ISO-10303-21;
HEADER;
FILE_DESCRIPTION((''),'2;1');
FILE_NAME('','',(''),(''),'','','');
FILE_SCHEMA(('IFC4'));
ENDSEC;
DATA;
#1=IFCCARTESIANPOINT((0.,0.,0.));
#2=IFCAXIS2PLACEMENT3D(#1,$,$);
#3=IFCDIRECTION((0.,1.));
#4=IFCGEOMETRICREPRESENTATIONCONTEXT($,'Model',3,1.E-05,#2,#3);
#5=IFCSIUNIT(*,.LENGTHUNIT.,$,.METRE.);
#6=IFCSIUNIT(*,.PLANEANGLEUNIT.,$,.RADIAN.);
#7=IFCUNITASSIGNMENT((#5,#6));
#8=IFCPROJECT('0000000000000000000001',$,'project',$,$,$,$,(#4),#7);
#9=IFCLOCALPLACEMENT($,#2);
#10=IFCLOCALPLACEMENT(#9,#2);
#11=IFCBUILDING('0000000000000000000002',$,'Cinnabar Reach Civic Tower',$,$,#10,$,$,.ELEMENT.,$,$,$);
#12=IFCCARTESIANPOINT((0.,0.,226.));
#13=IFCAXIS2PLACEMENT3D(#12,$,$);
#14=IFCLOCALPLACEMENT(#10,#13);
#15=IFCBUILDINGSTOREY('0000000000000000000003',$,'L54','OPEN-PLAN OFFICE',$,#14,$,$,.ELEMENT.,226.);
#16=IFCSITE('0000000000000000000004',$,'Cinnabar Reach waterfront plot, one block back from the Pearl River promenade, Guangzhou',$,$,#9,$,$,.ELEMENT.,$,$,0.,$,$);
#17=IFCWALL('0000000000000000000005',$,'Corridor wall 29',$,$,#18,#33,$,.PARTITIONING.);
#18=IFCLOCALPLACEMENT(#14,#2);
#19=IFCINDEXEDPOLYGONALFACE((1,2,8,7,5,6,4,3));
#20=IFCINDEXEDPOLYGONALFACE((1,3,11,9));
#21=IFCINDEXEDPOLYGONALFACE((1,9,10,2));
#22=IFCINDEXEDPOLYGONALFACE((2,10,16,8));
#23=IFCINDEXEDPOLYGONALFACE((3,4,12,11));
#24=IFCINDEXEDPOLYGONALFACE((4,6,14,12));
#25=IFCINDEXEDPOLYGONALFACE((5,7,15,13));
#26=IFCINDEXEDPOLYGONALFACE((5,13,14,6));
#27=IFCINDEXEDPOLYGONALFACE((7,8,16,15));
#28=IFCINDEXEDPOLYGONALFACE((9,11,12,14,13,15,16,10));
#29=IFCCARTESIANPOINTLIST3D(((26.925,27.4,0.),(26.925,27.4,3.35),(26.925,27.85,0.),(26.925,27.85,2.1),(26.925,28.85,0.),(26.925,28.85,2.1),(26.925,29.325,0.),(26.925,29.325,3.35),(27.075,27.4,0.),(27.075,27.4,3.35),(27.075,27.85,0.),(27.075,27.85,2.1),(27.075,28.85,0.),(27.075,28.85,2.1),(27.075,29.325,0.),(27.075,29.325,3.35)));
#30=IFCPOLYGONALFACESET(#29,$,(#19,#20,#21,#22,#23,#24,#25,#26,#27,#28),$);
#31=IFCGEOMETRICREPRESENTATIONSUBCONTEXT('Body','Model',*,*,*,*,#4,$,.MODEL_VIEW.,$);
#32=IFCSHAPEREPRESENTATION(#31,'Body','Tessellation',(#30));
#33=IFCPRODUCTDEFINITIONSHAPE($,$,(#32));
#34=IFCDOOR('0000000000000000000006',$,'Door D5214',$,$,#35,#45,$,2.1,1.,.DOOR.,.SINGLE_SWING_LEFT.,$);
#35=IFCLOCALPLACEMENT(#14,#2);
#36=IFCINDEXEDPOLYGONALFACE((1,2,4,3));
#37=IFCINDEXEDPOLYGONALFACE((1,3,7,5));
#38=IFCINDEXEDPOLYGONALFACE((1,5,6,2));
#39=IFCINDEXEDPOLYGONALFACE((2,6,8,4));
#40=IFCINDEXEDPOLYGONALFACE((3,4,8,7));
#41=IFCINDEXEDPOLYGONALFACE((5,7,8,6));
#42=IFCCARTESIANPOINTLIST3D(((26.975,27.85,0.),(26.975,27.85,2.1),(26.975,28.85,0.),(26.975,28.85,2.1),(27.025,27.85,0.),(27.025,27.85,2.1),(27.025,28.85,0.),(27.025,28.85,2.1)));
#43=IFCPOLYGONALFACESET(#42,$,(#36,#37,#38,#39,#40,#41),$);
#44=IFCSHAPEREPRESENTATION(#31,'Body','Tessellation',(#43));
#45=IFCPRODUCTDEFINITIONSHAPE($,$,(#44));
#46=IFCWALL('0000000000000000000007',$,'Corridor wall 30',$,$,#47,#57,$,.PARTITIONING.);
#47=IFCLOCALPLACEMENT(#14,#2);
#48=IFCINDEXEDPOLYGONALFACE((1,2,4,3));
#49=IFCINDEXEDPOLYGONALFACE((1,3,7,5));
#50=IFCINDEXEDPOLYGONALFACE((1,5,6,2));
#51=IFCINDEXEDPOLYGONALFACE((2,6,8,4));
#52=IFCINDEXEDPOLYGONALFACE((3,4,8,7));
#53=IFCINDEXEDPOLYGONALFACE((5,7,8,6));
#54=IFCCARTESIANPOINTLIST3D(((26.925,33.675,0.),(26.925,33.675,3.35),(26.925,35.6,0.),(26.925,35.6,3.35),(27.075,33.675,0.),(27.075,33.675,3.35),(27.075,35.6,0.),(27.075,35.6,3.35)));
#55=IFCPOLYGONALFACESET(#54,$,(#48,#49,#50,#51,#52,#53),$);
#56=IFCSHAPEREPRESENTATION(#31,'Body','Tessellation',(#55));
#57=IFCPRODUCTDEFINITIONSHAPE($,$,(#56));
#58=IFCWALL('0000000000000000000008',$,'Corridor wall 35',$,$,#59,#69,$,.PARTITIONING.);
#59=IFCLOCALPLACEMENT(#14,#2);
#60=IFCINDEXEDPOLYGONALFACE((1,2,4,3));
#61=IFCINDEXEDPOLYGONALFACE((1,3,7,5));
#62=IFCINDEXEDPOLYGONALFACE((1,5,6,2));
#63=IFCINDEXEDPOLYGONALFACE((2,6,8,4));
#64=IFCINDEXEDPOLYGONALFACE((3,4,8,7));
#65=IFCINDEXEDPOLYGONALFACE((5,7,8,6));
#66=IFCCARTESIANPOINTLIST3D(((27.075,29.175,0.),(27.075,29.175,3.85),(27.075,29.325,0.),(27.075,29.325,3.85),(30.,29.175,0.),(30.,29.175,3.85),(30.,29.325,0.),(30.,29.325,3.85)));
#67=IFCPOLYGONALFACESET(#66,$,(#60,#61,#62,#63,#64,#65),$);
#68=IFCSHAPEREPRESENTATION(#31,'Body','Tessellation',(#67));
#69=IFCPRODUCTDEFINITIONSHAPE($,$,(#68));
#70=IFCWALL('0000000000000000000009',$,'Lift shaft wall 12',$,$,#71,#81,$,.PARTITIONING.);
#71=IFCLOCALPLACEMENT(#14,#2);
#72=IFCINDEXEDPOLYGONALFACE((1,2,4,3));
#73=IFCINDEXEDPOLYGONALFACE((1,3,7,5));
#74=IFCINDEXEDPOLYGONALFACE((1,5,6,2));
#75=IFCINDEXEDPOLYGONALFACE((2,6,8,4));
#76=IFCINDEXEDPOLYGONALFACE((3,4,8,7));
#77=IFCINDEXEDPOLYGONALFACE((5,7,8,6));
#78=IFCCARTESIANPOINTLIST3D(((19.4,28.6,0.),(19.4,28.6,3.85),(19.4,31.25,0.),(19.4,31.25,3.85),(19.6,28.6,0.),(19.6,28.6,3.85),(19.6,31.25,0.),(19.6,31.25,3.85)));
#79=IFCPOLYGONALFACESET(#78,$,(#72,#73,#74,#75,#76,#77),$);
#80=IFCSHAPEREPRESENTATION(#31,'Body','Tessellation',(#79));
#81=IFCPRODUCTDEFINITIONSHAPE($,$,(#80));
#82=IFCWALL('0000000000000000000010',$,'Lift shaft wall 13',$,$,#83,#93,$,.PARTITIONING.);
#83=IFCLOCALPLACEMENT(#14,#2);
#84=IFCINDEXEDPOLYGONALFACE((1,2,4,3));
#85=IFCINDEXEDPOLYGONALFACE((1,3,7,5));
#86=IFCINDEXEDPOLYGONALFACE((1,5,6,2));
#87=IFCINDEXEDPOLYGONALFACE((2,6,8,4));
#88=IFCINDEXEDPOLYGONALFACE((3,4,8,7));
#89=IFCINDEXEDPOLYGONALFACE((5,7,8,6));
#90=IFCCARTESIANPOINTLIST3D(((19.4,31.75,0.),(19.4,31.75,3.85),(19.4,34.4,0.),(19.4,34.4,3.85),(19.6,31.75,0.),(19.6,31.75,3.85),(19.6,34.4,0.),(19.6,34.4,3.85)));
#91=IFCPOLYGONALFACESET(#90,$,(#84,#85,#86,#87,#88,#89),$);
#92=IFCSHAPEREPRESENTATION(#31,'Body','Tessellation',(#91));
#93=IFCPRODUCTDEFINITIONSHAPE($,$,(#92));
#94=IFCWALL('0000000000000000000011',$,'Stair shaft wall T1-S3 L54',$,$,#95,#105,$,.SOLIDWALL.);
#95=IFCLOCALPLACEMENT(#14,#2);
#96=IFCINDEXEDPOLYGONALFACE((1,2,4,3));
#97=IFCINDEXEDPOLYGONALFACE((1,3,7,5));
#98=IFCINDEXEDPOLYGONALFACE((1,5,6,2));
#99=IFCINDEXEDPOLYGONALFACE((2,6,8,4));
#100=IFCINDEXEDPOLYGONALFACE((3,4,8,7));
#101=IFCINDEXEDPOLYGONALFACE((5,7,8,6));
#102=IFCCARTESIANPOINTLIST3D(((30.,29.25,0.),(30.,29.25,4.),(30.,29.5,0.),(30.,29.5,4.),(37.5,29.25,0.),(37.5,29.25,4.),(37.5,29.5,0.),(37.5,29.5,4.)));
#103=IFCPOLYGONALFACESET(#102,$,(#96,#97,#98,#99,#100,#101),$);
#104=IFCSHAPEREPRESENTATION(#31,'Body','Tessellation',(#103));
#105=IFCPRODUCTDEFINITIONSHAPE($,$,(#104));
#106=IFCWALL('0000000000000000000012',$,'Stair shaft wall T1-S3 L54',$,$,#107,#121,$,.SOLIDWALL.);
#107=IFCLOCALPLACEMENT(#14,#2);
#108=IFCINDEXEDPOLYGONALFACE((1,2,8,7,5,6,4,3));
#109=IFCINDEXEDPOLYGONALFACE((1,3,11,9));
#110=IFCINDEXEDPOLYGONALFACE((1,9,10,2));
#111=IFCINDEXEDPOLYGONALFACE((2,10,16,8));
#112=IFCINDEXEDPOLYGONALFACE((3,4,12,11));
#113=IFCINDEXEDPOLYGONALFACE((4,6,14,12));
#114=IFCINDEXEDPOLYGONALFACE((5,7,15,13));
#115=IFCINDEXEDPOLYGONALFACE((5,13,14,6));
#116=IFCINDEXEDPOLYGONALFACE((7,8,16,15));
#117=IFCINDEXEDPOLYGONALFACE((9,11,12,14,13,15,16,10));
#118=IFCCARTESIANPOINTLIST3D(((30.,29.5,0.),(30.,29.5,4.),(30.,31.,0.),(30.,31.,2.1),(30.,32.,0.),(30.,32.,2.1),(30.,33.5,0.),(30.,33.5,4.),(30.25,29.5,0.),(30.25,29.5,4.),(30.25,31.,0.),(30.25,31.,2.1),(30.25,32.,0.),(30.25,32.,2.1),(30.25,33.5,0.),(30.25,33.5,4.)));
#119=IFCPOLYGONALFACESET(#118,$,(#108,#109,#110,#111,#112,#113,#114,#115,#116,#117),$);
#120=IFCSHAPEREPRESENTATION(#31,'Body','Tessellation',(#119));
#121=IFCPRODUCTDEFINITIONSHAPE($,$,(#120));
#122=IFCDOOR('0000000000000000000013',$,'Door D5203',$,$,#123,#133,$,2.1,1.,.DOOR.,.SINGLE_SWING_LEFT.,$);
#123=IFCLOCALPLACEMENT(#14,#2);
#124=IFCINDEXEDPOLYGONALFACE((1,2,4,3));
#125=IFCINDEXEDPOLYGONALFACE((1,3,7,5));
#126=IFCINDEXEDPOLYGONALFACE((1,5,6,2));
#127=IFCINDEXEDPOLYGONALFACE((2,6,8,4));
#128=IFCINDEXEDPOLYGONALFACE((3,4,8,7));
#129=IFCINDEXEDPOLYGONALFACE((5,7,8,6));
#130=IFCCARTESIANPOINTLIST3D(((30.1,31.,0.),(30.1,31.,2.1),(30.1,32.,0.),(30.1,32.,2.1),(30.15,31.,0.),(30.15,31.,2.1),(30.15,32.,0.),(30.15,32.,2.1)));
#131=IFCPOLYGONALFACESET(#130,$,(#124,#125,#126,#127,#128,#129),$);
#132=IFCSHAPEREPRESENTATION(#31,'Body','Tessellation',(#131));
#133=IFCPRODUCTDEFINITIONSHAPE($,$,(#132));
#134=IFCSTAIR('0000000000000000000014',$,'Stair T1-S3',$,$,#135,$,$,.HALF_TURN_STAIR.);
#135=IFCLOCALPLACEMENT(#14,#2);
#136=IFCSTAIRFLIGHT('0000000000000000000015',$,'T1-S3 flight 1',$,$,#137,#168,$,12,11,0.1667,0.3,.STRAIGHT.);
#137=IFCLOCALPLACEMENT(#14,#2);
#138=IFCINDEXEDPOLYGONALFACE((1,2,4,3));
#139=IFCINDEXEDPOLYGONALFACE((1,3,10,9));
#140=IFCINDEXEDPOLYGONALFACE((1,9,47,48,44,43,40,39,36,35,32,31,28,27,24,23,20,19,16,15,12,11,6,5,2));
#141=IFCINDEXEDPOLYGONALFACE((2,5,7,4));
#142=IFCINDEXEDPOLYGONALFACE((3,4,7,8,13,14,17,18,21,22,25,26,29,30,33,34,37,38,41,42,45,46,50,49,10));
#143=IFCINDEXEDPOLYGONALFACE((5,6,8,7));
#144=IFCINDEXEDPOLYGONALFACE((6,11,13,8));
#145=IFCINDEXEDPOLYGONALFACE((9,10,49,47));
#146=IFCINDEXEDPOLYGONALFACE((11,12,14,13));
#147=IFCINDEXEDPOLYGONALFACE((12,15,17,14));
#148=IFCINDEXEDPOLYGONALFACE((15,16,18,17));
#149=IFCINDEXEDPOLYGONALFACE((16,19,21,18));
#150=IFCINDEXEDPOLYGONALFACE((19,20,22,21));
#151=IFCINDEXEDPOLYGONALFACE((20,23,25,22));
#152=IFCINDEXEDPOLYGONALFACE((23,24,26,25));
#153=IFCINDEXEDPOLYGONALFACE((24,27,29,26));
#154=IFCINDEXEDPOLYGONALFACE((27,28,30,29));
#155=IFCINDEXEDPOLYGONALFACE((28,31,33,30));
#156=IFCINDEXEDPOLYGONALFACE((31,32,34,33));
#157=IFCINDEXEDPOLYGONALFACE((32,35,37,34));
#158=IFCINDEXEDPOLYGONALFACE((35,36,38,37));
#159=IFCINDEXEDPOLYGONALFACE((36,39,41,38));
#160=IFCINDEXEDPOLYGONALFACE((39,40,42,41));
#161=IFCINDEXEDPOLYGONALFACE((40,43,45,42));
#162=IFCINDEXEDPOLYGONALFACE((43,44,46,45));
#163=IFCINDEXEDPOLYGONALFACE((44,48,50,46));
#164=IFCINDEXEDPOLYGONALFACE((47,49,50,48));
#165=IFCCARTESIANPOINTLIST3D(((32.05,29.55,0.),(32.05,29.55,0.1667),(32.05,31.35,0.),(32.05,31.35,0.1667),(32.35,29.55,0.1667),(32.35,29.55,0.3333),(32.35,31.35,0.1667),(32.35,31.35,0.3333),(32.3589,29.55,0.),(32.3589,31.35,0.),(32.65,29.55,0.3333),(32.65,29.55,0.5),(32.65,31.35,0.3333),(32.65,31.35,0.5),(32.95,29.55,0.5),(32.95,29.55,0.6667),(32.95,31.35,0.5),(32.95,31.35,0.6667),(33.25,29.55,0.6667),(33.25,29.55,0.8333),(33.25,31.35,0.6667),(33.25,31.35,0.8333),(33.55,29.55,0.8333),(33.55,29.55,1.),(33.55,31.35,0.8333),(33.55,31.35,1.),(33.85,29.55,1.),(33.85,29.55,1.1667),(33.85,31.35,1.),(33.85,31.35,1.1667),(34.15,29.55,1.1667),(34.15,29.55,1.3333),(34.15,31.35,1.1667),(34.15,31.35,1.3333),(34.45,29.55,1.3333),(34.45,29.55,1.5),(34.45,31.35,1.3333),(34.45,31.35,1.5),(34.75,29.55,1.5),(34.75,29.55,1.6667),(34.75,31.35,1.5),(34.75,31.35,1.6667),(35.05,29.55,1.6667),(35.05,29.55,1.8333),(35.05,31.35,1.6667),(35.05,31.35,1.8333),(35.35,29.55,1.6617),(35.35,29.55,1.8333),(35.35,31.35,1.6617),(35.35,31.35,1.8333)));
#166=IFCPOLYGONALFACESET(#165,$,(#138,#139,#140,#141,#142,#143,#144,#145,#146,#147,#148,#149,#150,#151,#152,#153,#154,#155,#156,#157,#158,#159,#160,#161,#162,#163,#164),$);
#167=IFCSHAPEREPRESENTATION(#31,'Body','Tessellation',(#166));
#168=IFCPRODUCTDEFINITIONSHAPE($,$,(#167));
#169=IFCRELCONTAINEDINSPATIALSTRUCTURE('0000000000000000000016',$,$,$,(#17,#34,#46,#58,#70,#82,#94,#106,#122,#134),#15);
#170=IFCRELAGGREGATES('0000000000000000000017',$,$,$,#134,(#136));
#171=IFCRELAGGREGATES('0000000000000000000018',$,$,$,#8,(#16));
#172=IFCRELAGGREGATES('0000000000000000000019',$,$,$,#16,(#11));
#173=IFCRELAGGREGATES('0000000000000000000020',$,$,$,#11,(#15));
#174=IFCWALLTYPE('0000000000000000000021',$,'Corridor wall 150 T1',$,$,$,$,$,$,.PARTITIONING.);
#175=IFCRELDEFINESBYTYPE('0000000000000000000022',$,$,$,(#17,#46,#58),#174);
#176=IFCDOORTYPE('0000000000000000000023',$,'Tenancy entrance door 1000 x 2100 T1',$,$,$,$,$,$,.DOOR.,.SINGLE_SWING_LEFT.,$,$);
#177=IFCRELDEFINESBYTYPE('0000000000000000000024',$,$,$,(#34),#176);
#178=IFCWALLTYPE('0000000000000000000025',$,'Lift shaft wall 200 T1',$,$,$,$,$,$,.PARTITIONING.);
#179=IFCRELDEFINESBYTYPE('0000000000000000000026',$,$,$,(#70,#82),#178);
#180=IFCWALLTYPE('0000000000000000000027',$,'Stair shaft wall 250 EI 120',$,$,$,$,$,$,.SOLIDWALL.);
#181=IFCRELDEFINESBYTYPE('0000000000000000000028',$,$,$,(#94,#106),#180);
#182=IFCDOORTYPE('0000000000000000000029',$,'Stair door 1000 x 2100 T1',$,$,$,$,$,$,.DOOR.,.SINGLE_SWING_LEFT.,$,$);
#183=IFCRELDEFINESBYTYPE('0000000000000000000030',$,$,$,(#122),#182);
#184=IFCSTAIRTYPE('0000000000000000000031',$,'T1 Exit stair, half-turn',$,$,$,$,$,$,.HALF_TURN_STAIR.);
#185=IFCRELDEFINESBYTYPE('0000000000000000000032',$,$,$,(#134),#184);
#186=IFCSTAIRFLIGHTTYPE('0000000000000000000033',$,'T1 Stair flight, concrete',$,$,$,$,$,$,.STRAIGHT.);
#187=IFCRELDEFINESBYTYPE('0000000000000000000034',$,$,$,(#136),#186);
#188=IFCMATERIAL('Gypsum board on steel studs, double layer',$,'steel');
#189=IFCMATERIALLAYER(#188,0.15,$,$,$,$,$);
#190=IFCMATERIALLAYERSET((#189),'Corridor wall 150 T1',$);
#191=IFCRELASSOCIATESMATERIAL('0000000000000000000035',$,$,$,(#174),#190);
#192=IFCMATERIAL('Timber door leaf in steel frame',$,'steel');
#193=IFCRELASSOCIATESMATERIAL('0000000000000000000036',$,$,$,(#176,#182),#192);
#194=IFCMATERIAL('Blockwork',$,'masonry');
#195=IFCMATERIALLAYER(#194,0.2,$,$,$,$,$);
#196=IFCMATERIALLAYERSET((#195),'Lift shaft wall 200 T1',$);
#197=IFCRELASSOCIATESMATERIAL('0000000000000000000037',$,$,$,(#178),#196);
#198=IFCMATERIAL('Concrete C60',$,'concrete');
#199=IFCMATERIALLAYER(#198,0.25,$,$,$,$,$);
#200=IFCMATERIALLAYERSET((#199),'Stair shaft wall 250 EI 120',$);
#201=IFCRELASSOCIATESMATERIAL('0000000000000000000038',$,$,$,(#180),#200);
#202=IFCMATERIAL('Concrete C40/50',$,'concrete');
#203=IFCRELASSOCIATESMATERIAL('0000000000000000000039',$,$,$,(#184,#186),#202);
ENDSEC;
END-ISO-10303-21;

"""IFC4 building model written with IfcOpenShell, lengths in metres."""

from ifc_helpers import new_model, si_unit, direction, frame, frame_2d, origin, place, context, subcontext, project, spatial, polyline, rectangle, outline, extrude, material, layer, layer_set, type_object, element, fill, aggregate, save


model = new_model("IFC4")

# Units and contexts
model_context = context("Model", 3, precision=1e-05, world=origin(), true_north=direction((0.0, 1.0)))
body_context = subcontext(model_context, "Body", "Model", "MODEL_VIEW")
ifc_project = project(units=[si_unit("LENGTHUNIT", "METRE"), si_unit("PLANEANGLEUNIT", "RADIAN")], contexts=[model_context])

# Site, building, storey
site_placement = place(None, origin())
site = spatial("IfcSite", under=ifc_project, at=site_placement, Name="Cinnabar Reach waterfront plot, one block back from the Pearl River promenade, Guangzhou", CompositionType="ELEMENT", RefElevation=0.0)
building_placement = place(site_placement, origin())
building = spatial("IfcBuilding", under=site, at=building_placement, Name="Cinnabar Reach Civic Tower", CompositionType="ELEMENT")
storey_placement = place(building_placement, frame((0.0, 0.0, 226.0)))
storey = spatial("IfcBuildingStorey", under=building, at=storey_placement, Name="L54", Description="OPEN-PLAN OFFICE", CompositionType="ELEMENT", Elevation=226.0)

# Shared definitions
ifc_material_1 = material(Name="Concrete C60", Category="concrete")

# Shared definitions
ifc_material_2 = material(Name="Timber door leaf in steel frame", Category="steel")

# Wall, opening, door
ifc_material_3 = material(Name="Gypsum board on steel studs, double layer", Category="steel")
ifc_layer_1 = layer(ifc_material_3, 0.15)
ifc_layer_set_1 = layer_set([ifc_layer_1], Name="Corridor wall 150 T1")
wall_type_1 = type_object("IfcWallType", Name="Corridor wall 150 T1", PredefinedType="PARTITIONING", material=ifc_layer_set_1)
wall_1_placement = place(storey_placement, frame((27.0, 27.4, 0.0), z_axis=(0.0, 0.0, 1.0), x_axis=(0.0, 1.0, 0.0)))
wall_1 = element("IfcWall", 1, at=wall_1_placement, inside=storey, type_object=wall_type_1, Name="Corridor wall 29", PredefinedType="PARTITIONING", context=body_context, shape_type="SweptSolid", body=[
    extrude(rectangle(XDim=1.925, YDim=0.15, at=frame_2d((0.9625, 0.0))), origin(), (0.0, 0.0, 1.0), 3.35),
])
opening_1_placement = place(wall_1_placement, frame((0.45, 0.0, 0.0)))
opening_1 = element("IfcOpeningElement", 2, at=opening_1_placement, cuts=wall_1, PredefinedType="OPENING", context=body_context, shape_type="SweptSolid", body=[
    extrude(rectangle(XDim=1.0, YDim=2.1, at=frame_2d((0.5, 1.05))), frame((0.0, 0.085, 0.0), z_axis=(0.0, -1.0, 0.0), x_axis=(1.0, 0.0, 0.0)), (0.0, 0.0, 1.0), 0.17),
])
door_type_1 = type_object("IfcDoorType", Name="Tenancy entrance door 1000 x 2100 T1", OperationType="SINGLE_SWING_LEFT", PredefinedType="DOOR", material=ifc_material_2)
door_1_placement = place(opening_1_placement, frame((1.0, 0.0, 0.0), z_axis=(0.0, 0.0, 1.0), x_axis=(-1.0, 0.0, 0.0)))
door_1 = element("IfcDoor", 3, at=door_1_placement, inside=storey, type_object=door_type_1, Name="Door D5214", OperationType="SINGLE_SWING_LEFT", OverallHeight=2.1, OverallWidth=1.0, PredefinedType="DOOR", context=body_context, shape_type="SweptSolid", body=[
    extrude(rectangle(XDim=1.0, YDim=2.1, at=frame_2d((0.5, 1.05))), frame((0.0, 0.025, 0.0), z_axis=(0.0, -1.0, 0.0), x_axis=(1.0, 0.0, 0.0)), (0.0, 0.0, 1.0), 0.05),
])
fill(opening_1, door_1)

# Walls
wall_2_placement = place(storey_placement, frame((27.0, 33.675, 0.0), z_axis=(0.0, 0.0, 1.0), x_axis=(0.0, 1.0, 0.0)))
element("IfcWall", 4, at=wall_2_placement, inside=storey, type_object=wall_type_1, Name="Corridor wall 30", PredefinedType="PARTITIONING", context=body_context, shape_type="SweptSolid", body=[
    extrude(rectangle(XDim=1.925, YDim=0.15, at=frame_2d((0.9625, 0.0))), origin(), (0.0, 0.0, 1.0), 3.35),
])
wall_3_placement = place(storey_placement, frame((27.075, 29.25, 0.0), z_axis=(0.0, 0.0, 1.0), x_axis=(1.0, 0.0, 0.0)))
element("IfcWall", 5, at=wall_3_placement, inside=storey, type_object=wall_type_1, Name="Corridor wall 35", PredefinedType="PARTITIONING", context=body_context, shape_type="SweptSolid", body=[
    extrude(rectangle(XDim=2.925, YDim=0.15, at=frame_2d((1.4625, 0.0))), origin(), (0.0, 0.0, 1.0), 3.85),
])
ifc_material_4 = material(Name="Blockwork", Category="masonry")
ifc_layer_2 = layer(ifc_material_4, 0.2)
ifc_layer_set_2 = layer_set([ifc_layer_2], Name="Lift shaft wall 200 T1")
wall_type_2 = type_object("IfcWallType", Name="Lift shaft wall 200 T1", PredefinedType="PARTITIONING", material=ifc_layer_set_2)
for number, where, z_axis, x_axis, name in (
    (6, (19.5, 28.6, 0.0), (0.0, 0.0, 1.0), (0.0, 1.0, 0.0), "Lift shaft wall 12"),
    (7, (19.5, 31.75, 0.0), (0.0, 0.0, 1.0), (0.0, 1.0, 0.0), "Lift shaft wall 13"),
):
    element("IfcWall", number, at=place(storey_placement, frame(where, z_axis=z_axis, x_axis=x_axis)), inside=storey, type_object=wall_type_2, Name=name, PredefinedType="PARTITIONING", context=body_context, shape_type="SweptSolid", body=[
        extrude(rectangle(XDim=2.65, YDim=0.2, at=frame_2d((1.325, 0.0))), origin(), (0.0, 0.0, 1.0), 3.85),
    ])
ifc_layer_3 = layer(ifc_material_1, 0.25)
ifc_layer_set_3 = layer_set([ifc_layer_3], Name="Stair shaft wall 250 EI 120")
wall_type_3 = type_object("IfcWallType", Name="Stair shaft wall 250 EI 120", PredefinedType="SOLIDWALL", material=ifc_layer_set_3)
wall_4_placement = place(storey_placement, frame((30.0, 29.375, 0.0), z_axis=(0.0, 0.0, 1.0), x_axis=(1.0, 0.0, 0.0)))
element("IfcWall", 8, at=wall_4_placement, inside=storey, type_object=wall_type_3, Name="Stair shaft wall T1-S3 L54", PredefinedType="SOLIDWALL", context=body_context, shape_type="SweptSolid", body=[
    extrude(rectangle(XDim=7.5, YDim=0.25, at=frame_2d((3.75, 0.0))), origin(), (0.0, 0.0, 1.0), 4.0),
])

# Wall, opening, door
wall_5_placement = place(storey_placement, frame((30.125, 33.5, 0.0), z_axis=(0.0, 0.0, 1.0), x_axis=(0.0, -1.0, 0.0)))
wall_5 = element("IfcWall", 9, at=wall_5_placement, inside=storey, type_object=wall_type_3, Name="Stair shaft wall T1-S3 L54", PredefinedType="SOLIDWALL", context=body_context, shape_type="SweptSolid", body=[
    extrude(rectangle(XDim=4.0, YDim=0.25, at=frame_2d((2.0, 0.0))), origin(), (0.0, 0.0, 1.0), 4.0),
])
opening_2_placement = place(wall_5_placement, frame((1.5, 0.0, 0.0)))
opening_2 = element("IfcOpeningElement", 10, at=opening_2_placement, cuts=wall_5, PredefinedType="OPENING", context=body_context, shape_type="SweptSolid", body=[
    extrude(rectangle(XDim=1.0, YDim=2.1, at=frame_2d((0.5, 1.05))), frame((0.0, 0.135, 0.0), z_axis=(0.0, -1.0, 0.0), x_axis=(1.0, 0.0, 0.0)), (0.0, 0.0, 1.0), 0.27),
])
door_type_2 = type_object("IfcDoorType", Name="Stair door 1000 x 2100 T1", OperationType="SINGLE_SWING_LEFT", PredefinedType="DOOR", material=ifc_material_2)
door_2_placement = place(opening_2_placement, origin())
door_2 = element("IfcDoor", 11, at=door_2_placement, inside=storey, type_object=door_type_2, Name="Door D5203", OperationType="SINGLE_SWING_LEFT", OverallHeight=2.1, OverallWidth=1.0, PredefinedType="DOOR", context=body_context, shape_type="SweptSolid", body=[
    extrude(rectangle(XDim=1.0, YDim=2.1, at=frame_2d((0.5, 1.05))), frame((0.0, 0.025, 0.0), z_axis=(0.0, -1.0, 0.0), x_axis=(1.0, 0.0, 0.0)), (0.0, 0.0, 1.0), 0.05),
])
fill(opening_2, door_2)

# Stair, stair flight
ifc_material_5 = material(Name="Concrete C40/50", Category="concrete")
stair_type = type_object("IfcStairType", Name="T1 Exit stair, half-turn", PredefinedType="HALF_TURN_STAIR", material=ifc_material_5)
stair_placement = place(storey_placement, origin())
stair = element("IfcStair", 12, at=stair_placement, inside=storey, type_object=stair_type, Name="Stair T1-S3", PredefinedType="HALF_TURN_STAIR")
stair_flight_type = type_object("IfcStairFlightType", Name="T1 Stair flight, concrete", PredefinedType="STRAIGHT", material=ifc_material_5)
stair_flight_placement = place(storey_placement, frame((32.05, 30.45, 0.0), z_axis=(0.0, 0.0, 1.0), x_axis=(1.0, 0.0, 0.0)))
stair_flight = element("IfcStairFlight", 13, at=stair_flight_placement, type_object=stair_flight_type, Name="T1-S3 flight 1", NumberOfRisers=12, NumberOfTreads=11, PredefinedType="STRAIGHT", RiserHeight=0.1667, TreadLength=0.3, context=body_context, shape_type="SweptSolid", body=[
    extrude(outline(polyline([(0.0, 0.0), (0.0, 0.1667), (0.3, 0.1667), (0.3, 0.3333), (0.6, 0.3333), (0.6, 0.5), (0.9, 0.5), (0.9, 0.6667), (1.2, 0.6667), (1.2, 0.8333), (1.5, 0.8333), (1.5, 1.0), (1.8, 1.0), (1.8, 1.1667), (2.1, 1.1667), (2.1, 1.3333), (2.4, 1.3333), (2.4, 1.5), (2.7, 1.5), (2.7, 1.6667), (3.0, 1.6667), (3.0, 1.8333), (3.3, 1.8333), (3.3, 2.0), (3.3, 1.6617), (0.3089, 0.0), (0.0, 0.0)])), frame((0.0, 0.9, 0.0), z_axis=(0.0, -1.0, 0.0), x_axis=(1.0, 0.0, 0.0)), (0.0, 0.0, 1.0), 1.8),
])
aggregate(stair, [stair_flight])

save(model, "model.ifc")
